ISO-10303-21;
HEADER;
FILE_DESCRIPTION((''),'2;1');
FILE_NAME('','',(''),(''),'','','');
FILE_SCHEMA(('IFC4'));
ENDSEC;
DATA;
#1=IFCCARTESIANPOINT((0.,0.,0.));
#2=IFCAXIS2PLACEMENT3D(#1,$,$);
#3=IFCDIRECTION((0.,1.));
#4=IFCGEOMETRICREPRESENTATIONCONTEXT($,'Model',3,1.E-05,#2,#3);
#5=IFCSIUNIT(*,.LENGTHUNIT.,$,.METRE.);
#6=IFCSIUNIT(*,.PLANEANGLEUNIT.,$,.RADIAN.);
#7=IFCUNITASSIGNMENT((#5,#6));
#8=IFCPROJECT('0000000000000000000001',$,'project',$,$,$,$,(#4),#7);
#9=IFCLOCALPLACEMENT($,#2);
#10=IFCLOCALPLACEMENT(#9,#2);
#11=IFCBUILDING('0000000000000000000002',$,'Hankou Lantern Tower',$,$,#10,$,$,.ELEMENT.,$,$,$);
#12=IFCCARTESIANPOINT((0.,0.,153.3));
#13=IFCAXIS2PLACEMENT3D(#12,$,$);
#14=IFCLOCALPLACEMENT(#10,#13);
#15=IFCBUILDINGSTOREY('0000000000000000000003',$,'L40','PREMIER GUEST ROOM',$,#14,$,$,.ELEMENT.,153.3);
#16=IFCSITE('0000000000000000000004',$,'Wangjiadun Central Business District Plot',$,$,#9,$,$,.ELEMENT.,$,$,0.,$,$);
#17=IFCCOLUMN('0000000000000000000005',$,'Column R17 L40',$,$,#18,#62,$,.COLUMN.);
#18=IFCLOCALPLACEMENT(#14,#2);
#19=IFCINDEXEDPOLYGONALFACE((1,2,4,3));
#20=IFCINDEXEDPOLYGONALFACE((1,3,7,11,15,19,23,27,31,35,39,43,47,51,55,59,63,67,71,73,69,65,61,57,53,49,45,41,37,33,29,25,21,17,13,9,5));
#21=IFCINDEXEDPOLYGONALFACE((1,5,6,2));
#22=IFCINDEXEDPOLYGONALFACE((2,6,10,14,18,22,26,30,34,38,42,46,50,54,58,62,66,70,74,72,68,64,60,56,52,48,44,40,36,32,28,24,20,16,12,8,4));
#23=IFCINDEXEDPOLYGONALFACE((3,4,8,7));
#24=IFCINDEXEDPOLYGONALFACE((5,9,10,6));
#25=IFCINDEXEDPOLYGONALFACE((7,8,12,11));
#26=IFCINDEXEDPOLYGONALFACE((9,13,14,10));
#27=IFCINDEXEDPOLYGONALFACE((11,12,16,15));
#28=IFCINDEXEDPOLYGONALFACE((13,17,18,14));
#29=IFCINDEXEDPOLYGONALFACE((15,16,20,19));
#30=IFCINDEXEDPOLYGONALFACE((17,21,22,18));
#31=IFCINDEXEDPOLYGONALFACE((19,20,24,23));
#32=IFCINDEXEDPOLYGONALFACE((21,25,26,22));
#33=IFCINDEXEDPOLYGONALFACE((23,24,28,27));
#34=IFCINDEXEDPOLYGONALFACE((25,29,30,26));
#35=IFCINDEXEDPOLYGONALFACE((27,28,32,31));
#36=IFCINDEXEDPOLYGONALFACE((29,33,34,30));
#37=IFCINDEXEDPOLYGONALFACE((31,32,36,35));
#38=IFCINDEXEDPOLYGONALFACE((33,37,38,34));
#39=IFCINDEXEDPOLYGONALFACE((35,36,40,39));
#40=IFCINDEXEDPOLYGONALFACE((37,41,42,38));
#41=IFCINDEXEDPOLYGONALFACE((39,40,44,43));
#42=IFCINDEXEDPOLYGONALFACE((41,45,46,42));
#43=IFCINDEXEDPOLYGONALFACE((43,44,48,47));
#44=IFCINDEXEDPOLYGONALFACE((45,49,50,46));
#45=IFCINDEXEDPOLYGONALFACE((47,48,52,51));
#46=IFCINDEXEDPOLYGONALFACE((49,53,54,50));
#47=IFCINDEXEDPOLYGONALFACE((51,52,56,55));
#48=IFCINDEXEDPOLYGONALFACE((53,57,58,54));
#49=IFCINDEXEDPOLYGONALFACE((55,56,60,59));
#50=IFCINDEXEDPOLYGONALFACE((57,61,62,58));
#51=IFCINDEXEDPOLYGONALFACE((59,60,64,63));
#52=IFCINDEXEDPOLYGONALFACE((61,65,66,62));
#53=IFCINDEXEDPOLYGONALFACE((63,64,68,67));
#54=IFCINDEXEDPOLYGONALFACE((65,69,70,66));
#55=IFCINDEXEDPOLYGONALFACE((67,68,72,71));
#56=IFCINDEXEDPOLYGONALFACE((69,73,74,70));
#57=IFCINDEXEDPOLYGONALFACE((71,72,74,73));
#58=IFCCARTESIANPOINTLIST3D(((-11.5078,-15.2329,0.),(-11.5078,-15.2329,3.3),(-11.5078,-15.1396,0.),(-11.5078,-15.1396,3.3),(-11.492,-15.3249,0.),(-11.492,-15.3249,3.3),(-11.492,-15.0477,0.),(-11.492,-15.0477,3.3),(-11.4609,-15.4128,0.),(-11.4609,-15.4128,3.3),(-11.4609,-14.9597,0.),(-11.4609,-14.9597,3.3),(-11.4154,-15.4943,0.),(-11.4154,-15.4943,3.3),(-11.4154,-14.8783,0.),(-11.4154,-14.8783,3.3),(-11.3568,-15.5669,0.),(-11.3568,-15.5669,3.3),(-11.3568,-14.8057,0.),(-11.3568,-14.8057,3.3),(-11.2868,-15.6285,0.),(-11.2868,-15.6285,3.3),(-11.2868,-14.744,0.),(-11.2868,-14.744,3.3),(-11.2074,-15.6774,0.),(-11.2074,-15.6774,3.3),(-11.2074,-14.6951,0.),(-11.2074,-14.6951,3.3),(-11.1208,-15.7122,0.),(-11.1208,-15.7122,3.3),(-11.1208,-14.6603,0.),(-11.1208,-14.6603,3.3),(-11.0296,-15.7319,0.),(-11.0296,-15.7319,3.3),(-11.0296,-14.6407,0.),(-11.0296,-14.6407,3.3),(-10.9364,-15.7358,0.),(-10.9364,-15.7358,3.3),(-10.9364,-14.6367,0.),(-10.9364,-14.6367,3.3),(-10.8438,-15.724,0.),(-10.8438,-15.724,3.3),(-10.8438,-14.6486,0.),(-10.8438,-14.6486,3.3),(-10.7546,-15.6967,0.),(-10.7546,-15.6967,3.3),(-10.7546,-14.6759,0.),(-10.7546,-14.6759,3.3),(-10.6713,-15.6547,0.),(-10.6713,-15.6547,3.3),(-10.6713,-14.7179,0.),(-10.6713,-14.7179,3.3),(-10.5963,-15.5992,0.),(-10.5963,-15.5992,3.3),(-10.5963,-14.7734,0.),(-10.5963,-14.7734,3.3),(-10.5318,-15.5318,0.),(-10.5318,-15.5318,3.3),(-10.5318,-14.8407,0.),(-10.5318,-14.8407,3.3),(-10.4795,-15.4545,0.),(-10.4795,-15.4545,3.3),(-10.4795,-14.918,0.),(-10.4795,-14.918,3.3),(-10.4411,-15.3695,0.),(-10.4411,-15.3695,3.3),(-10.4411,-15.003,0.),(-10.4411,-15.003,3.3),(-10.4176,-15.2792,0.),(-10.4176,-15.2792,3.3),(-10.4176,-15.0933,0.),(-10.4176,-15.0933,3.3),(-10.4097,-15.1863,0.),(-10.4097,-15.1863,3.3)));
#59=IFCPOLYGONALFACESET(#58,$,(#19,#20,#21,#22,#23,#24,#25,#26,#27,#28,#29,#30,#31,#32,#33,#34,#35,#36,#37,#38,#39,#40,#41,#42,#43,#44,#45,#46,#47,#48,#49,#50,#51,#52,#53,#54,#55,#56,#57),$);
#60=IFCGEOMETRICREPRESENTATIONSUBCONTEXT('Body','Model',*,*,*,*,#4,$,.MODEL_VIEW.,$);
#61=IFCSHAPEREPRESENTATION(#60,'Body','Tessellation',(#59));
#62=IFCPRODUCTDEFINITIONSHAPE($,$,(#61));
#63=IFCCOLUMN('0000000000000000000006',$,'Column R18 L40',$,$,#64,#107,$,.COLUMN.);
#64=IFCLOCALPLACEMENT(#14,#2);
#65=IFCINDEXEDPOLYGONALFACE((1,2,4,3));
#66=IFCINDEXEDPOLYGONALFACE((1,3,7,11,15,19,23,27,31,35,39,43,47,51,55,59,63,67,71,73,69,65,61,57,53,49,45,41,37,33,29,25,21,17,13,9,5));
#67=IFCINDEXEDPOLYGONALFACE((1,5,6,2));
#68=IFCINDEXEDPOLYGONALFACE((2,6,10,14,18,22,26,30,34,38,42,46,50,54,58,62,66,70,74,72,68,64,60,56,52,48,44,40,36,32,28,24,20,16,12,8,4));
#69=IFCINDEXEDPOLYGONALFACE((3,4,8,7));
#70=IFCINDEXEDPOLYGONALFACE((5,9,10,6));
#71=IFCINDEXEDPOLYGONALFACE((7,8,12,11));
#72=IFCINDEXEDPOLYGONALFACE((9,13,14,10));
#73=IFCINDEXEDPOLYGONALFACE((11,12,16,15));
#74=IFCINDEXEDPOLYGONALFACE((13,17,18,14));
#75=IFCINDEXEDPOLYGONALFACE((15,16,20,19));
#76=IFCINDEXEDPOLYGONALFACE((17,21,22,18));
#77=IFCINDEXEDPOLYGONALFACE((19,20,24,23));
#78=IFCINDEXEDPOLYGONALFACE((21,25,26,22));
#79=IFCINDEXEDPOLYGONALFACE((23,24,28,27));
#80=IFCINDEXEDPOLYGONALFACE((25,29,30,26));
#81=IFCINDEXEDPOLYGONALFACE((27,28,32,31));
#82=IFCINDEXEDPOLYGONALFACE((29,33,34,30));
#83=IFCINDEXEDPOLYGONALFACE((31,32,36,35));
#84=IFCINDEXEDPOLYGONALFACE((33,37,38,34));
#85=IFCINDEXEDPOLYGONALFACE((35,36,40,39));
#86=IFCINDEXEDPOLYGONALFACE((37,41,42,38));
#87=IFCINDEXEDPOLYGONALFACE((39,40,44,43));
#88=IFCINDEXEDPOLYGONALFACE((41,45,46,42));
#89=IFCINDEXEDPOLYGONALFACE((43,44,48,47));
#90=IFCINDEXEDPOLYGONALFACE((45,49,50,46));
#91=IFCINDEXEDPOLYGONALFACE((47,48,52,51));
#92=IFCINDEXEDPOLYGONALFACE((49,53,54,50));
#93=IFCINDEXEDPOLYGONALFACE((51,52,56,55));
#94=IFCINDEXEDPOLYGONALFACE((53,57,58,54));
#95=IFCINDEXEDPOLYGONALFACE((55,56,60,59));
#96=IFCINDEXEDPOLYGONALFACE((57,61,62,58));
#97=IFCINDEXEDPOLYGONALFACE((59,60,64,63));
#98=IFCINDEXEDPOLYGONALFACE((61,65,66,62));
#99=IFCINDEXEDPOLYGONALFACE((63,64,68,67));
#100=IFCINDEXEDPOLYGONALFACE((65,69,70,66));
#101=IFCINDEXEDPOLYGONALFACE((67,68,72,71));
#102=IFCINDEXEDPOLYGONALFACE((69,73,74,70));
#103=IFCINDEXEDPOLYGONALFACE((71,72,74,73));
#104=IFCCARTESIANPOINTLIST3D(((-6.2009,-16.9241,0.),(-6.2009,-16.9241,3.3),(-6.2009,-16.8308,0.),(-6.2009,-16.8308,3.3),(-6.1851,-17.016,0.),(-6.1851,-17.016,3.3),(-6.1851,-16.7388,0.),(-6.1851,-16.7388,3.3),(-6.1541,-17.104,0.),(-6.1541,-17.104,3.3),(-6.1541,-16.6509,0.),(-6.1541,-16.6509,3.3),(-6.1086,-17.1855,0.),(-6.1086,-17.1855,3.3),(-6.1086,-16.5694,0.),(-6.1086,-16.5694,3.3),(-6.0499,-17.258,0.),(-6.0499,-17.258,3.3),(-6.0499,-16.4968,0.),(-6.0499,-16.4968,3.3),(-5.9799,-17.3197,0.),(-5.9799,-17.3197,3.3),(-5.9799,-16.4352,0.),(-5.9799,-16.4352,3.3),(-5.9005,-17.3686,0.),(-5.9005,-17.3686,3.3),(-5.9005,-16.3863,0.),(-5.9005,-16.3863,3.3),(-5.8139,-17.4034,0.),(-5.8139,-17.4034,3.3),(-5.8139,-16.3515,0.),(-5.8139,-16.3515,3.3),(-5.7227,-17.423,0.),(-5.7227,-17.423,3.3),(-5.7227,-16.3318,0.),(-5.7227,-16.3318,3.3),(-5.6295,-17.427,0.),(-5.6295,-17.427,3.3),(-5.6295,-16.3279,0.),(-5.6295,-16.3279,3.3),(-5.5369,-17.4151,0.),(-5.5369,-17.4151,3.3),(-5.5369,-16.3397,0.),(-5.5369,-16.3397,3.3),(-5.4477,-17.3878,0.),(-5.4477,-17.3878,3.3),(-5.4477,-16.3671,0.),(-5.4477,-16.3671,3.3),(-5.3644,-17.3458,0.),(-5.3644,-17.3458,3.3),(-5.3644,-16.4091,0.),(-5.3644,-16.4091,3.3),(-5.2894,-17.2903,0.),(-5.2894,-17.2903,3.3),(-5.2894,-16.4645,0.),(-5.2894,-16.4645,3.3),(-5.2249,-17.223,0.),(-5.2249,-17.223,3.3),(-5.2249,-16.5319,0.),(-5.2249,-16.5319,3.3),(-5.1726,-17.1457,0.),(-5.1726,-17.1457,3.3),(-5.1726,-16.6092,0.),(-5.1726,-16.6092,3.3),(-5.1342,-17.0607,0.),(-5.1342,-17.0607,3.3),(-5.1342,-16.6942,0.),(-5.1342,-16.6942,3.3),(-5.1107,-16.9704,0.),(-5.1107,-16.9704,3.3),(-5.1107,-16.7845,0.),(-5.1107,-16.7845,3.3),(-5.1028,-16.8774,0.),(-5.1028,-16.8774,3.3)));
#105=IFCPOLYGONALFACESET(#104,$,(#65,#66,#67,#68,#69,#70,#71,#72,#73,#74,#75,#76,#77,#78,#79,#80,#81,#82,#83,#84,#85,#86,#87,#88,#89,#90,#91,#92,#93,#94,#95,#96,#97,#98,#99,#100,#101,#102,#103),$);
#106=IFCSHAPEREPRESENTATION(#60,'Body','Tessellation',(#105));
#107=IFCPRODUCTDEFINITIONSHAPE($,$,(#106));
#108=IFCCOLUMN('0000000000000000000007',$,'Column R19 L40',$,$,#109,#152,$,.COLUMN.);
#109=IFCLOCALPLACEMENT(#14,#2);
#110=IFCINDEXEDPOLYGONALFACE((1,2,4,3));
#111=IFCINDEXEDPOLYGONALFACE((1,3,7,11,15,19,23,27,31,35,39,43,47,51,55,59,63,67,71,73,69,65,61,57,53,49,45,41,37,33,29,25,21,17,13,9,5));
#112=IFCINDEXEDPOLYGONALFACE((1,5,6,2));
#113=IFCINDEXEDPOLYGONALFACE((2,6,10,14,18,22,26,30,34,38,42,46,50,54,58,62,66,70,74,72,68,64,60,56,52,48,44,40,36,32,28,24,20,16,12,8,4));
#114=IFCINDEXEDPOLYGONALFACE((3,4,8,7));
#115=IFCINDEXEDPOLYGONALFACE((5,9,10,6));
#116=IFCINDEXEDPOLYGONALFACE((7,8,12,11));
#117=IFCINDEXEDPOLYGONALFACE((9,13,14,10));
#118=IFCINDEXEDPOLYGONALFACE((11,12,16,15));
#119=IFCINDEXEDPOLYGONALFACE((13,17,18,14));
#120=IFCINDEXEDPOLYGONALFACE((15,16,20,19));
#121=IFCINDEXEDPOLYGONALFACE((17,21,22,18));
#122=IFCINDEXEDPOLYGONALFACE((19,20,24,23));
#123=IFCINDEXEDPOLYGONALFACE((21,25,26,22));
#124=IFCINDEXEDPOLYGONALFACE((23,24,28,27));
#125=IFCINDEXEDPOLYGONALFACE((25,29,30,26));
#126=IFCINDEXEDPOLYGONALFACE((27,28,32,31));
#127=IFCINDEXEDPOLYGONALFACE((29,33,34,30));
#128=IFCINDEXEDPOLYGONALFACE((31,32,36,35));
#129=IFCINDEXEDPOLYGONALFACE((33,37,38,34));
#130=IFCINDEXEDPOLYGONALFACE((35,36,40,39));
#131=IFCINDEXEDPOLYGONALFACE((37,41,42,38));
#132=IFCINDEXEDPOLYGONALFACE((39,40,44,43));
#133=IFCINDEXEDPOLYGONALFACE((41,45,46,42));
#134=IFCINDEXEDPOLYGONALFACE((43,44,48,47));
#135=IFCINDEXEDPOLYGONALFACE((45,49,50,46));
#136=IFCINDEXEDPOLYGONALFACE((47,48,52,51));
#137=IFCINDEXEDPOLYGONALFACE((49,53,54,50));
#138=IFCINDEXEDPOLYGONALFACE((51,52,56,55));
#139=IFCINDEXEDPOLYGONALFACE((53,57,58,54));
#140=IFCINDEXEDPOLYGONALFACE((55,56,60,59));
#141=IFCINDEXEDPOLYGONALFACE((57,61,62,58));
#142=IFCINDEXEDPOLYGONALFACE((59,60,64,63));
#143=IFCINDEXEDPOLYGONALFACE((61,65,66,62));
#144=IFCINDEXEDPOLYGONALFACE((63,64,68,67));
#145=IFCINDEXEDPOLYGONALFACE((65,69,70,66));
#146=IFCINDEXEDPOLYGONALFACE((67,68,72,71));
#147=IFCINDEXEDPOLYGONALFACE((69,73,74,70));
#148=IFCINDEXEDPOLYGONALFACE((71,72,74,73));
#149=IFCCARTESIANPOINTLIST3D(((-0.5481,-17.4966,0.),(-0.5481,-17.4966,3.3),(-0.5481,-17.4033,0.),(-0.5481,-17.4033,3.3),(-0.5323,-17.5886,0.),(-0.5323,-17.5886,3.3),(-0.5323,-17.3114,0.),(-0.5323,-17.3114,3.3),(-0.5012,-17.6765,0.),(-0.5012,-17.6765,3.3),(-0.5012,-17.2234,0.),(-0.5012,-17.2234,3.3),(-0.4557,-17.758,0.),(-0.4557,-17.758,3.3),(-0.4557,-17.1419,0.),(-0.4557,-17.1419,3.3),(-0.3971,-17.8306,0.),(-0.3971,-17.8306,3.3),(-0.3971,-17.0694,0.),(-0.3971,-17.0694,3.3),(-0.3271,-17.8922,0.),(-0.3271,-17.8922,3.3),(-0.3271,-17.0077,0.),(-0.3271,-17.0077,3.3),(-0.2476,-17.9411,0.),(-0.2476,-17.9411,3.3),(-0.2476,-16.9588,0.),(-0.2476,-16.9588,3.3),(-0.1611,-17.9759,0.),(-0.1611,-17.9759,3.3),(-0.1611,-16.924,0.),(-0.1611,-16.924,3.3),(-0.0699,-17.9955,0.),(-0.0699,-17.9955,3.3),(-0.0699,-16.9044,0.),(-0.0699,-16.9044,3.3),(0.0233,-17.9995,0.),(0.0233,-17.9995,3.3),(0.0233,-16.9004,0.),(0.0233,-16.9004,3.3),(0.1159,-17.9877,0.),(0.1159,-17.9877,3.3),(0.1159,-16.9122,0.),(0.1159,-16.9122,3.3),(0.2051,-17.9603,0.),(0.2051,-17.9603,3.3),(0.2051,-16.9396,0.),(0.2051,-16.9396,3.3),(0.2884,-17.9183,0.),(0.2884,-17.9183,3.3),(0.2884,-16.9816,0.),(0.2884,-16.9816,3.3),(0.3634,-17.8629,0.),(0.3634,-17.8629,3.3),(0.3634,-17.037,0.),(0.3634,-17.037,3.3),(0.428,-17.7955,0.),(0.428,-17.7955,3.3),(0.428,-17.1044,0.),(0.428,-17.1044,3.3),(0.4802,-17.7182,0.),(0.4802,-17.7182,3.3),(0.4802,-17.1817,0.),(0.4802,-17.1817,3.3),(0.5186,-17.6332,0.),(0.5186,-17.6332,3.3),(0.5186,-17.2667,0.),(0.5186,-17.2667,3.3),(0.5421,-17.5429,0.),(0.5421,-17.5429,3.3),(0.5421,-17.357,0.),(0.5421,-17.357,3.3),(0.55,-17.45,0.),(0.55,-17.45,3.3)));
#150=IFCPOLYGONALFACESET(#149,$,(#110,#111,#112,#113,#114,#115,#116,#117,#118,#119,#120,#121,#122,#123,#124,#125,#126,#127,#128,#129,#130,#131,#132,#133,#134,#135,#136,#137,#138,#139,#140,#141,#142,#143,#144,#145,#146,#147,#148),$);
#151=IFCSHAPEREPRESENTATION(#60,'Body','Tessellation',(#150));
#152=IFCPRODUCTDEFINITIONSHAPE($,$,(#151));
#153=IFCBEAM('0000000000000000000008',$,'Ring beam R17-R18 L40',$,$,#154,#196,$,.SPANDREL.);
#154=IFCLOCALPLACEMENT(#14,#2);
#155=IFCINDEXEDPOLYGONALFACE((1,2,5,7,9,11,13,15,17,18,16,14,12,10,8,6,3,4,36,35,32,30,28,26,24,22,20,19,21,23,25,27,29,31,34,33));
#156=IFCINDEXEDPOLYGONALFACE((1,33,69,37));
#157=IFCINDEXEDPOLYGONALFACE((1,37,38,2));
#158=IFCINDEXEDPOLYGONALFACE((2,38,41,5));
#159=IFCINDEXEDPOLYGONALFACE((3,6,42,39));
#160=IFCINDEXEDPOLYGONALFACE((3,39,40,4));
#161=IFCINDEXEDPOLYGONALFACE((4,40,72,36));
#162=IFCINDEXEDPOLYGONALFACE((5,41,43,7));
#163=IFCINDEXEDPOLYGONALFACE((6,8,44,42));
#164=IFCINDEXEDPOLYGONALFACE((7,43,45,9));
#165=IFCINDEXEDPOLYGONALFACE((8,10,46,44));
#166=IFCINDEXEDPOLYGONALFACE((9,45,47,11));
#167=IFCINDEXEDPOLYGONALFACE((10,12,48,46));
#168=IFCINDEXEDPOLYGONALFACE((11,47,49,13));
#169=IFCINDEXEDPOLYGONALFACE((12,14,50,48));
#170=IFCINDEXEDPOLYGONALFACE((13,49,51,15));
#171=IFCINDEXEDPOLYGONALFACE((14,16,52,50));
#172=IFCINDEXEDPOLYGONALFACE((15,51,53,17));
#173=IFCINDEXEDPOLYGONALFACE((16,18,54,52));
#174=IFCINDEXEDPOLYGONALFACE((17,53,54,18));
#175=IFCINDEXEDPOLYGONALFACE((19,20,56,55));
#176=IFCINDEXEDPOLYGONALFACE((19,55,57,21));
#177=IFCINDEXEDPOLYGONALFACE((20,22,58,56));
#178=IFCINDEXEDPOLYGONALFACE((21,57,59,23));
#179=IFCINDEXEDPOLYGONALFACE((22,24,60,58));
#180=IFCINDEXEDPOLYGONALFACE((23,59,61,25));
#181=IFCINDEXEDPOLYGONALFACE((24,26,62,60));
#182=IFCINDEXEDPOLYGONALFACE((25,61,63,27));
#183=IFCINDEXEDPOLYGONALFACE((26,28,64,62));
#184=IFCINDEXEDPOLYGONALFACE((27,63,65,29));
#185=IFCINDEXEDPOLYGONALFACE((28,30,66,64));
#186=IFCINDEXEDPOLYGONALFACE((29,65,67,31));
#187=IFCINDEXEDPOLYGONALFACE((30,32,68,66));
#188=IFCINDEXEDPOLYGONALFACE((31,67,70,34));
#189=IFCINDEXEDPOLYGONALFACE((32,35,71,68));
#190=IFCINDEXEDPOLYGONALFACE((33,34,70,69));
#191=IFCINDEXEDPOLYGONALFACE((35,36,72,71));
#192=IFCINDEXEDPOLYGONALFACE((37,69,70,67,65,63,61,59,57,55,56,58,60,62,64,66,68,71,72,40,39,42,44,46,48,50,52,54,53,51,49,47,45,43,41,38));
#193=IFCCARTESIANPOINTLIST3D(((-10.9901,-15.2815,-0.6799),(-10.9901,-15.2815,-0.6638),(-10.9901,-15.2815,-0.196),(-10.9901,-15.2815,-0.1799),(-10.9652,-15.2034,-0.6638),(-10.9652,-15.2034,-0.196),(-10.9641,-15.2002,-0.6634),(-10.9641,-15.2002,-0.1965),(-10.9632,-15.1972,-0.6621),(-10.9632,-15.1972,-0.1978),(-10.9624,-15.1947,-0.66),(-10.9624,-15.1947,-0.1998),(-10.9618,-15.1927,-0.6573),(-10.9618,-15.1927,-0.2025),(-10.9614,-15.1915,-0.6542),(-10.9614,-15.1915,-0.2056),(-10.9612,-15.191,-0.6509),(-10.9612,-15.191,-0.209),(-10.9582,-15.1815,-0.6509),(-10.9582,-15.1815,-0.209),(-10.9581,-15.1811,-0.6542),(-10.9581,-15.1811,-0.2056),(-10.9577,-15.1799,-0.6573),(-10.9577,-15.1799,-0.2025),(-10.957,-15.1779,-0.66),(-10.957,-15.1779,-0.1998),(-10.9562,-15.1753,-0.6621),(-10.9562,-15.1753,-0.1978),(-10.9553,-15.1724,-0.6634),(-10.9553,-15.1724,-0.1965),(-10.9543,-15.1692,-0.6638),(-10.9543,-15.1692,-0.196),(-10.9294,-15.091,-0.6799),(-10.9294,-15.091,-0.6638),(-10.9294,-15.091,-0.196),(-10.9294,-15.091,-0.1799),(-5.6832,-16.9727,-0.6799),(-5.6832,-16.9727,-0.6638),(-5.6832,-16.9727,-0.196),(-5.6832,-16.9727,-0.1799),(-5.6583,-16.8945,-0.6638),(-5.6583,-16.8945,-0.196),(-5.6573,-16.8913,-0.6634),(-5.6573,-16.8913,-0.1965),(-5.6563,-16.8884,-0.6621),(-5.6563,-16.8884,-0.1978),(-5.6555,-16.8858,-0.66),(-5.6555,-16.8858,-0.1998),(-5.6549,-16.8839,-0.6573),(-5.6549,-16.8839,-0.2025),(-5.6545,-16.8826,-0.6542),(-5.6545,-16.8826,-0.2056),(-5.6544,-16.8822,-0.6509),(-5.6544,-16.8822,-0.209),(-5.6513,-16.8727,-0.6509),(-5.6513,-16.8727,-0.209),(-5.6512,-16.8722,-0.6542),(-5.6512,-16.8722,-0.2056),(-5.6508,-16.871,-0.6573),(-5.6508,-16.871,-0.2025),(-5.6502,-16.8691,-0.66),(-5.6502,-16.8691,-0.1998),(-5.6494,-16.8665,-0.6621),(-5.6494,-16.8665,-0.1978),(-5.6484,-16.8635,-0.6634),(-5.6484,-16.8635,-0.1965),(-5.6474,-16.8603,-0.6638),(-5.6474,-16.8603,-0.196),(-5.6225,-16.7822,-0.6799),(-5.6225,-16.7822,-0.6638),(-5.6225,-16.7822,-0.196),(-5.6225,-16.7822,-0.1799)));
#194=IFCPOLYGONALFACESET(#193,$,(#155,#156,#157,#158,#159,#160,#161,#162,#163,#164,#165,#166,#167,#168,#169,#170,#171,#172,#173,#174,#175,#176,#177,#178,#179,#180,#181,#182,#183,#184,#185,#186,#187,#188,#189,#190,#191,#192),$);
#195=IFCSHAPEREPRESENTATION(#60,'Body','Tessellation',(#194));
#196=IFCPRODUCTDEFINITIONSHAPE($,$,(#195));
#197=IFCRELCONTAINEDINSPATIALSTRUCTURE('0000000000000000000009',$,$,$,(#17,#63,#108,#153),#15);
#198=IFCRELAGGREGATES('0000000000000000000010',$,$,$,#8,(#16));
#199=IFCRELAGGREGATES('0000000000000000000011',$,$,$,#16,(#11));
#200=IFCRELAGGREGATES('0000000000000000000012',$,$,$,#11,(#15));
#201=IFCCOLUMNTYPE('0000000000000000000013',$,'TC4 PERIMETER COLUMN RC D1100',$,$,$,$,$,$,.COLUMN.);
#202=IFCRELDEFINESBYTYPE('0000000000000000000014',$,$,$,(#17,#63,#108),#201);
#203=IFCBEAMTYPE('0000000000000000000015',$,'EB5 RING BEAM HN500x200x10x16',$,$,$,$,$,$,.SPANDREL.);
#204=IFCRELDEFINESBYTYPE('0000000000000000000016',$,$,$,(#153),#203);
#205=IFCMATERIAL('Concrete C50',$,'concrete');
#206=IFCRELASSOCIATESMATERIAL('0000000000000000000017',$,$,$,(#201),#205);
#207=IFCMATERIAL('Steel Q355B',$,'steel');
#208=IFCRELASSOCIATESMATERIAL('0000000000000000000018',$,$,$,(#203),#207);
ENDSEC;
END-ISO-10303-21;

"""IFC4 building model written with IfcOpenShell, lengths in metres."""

from ifc_helpers import new_model, si_unit, direction, frame, origin, origin_2d, place, context, subcontext, project, spatial, circle, i_section, extrude, material, material_profile, profile_set, type_object, element, save


model = new_model("IFC4")

# Units and contexts
model_context = context("Model", 3, precision=1e-05, world=origin(), true_north=direction((0.0, 1.0)))
body_context = subcontext(model_context, "Body", "Model", "MODEL_VIEW")
ifc_project = project(units=[si_unit("LENGTHUNIT", "METRE"), si_unit("PLANEANGLEUNIT", "RADIAN")], contexts=[model_context])

# Site, building, storey
site_placement = place(None, origin())
site = spatial("IfcSite", under=ifc_project, at=site_placement, Name="Wangjiadun Central Business District Plot", CompositionType="ELEMENT", RefElevation=0.0)
building_placement = place(site_placement, origin())
building = spatial("IfcBuilding", under=site, at=building_placement, Name="Hankou Lantern Tower", CompositionType="ELEMENT")
storey_placement = place(building_placement, frame((0.0, 0.0, 153.3)))
storey = spatial("IfcBuildingStorey", under=building, at=storey_placement, Name="L40", Description="PREMIER GUEST ROOM", CompositionType="ELEMENT", Elevation=153.3)

# Columns
ifc_material_1 = material(Name="Concrete C50", Category="concrete")
ifc_material_profile_1 = material_profile(ifc_material_1, circle(Radius=0.55, at=origin_2d()), Name="RC D1100")
ifc_profile_set_1 = profile_set([ifc_material_profile_1], Name="Concrete C50")
column_type = type_object("IfcColumnType", Name="TC4 PERIMETER COLUMN RC D1100", PredefinedType="COLUMN", material=ifc_profile_set_1)
for number, where, z_axis, x_axis, name in (
    (1, (-10.9597, -15.1863, 0.0), (0.0, 0.0, 1.0), (1.0, 0.0, 0.0), "Column R17 L40"),
    (2, (-5.6528, -16.8774, 0.0), (0.0, 0.0, 1.0), (1.0, 0.0, 0.0), "Column R18 L40"),
    (3, (0.0, -17.45, 0.0), (0.0, 0.0, 1.0), (1.0, 0.0, 0.0), "Column R19 L40"),
):
    element("IfcColumn", number, at=place(storey_placement, frame(where, z_axis=z_axis, x_axis=x_axis)), inside=storey, type_object=column_type, Name=name, PredefinedType="COLUMN", context=body_context, shape_type="SweptSolid", body=[
        extrude(circle(Radius=0.55, at=origin_2d()), origin(), (0.0, 0.0, 1.0), 3.3),
    ])

# Beam
ifc_material_2 = material(Name="Steel Q355B", Category="steel")
ifc_material_profile_2 = material_profile(ifc_material_2, i_section(OverallWidth=0.2, OverallDepth=0.5, WebThickness=0.01, FlangeThickness=0.0161, FilletRadius=0.0129, at=origin_2d()), Name="HN500x200x10x16")
ifc_profile_set_2 = profile_set([ifc_material_profile_2], Name="Steel Q355B")
beam_type = type_object("IfcBeamType", Name="EB5 RING BEAM HN500x200x10x16", PredefinedType="SPANDREL", material=ifc_profile_set_2)
beam_1_placement = place(storey_placement, frame((-10.9597, -15.1863, -0.4299), z_axis=(0.95279, -0.303629, 0.0), x_axis=(0.303629, 0.95279, 0.0)))
element("IfcBeam", 4, at=beam_1_placement, inside=storey, type_object=beam_type, Name="Ring beam R17-R18 L40", PredefinedType="SPANDREL", context=body_context, shape_type="SweptSolid", body=[
    extrude(i_section(OverallWidth=0.2, OverallDepth=0.5, WebThickness=0.01, FlangeThickness=0.0161, FilletRadius=0.0129, at=origin_2d()), origin(), (0.0, 0.0, 1.0), 5.5698),
])

save(model, "model.ifc")
